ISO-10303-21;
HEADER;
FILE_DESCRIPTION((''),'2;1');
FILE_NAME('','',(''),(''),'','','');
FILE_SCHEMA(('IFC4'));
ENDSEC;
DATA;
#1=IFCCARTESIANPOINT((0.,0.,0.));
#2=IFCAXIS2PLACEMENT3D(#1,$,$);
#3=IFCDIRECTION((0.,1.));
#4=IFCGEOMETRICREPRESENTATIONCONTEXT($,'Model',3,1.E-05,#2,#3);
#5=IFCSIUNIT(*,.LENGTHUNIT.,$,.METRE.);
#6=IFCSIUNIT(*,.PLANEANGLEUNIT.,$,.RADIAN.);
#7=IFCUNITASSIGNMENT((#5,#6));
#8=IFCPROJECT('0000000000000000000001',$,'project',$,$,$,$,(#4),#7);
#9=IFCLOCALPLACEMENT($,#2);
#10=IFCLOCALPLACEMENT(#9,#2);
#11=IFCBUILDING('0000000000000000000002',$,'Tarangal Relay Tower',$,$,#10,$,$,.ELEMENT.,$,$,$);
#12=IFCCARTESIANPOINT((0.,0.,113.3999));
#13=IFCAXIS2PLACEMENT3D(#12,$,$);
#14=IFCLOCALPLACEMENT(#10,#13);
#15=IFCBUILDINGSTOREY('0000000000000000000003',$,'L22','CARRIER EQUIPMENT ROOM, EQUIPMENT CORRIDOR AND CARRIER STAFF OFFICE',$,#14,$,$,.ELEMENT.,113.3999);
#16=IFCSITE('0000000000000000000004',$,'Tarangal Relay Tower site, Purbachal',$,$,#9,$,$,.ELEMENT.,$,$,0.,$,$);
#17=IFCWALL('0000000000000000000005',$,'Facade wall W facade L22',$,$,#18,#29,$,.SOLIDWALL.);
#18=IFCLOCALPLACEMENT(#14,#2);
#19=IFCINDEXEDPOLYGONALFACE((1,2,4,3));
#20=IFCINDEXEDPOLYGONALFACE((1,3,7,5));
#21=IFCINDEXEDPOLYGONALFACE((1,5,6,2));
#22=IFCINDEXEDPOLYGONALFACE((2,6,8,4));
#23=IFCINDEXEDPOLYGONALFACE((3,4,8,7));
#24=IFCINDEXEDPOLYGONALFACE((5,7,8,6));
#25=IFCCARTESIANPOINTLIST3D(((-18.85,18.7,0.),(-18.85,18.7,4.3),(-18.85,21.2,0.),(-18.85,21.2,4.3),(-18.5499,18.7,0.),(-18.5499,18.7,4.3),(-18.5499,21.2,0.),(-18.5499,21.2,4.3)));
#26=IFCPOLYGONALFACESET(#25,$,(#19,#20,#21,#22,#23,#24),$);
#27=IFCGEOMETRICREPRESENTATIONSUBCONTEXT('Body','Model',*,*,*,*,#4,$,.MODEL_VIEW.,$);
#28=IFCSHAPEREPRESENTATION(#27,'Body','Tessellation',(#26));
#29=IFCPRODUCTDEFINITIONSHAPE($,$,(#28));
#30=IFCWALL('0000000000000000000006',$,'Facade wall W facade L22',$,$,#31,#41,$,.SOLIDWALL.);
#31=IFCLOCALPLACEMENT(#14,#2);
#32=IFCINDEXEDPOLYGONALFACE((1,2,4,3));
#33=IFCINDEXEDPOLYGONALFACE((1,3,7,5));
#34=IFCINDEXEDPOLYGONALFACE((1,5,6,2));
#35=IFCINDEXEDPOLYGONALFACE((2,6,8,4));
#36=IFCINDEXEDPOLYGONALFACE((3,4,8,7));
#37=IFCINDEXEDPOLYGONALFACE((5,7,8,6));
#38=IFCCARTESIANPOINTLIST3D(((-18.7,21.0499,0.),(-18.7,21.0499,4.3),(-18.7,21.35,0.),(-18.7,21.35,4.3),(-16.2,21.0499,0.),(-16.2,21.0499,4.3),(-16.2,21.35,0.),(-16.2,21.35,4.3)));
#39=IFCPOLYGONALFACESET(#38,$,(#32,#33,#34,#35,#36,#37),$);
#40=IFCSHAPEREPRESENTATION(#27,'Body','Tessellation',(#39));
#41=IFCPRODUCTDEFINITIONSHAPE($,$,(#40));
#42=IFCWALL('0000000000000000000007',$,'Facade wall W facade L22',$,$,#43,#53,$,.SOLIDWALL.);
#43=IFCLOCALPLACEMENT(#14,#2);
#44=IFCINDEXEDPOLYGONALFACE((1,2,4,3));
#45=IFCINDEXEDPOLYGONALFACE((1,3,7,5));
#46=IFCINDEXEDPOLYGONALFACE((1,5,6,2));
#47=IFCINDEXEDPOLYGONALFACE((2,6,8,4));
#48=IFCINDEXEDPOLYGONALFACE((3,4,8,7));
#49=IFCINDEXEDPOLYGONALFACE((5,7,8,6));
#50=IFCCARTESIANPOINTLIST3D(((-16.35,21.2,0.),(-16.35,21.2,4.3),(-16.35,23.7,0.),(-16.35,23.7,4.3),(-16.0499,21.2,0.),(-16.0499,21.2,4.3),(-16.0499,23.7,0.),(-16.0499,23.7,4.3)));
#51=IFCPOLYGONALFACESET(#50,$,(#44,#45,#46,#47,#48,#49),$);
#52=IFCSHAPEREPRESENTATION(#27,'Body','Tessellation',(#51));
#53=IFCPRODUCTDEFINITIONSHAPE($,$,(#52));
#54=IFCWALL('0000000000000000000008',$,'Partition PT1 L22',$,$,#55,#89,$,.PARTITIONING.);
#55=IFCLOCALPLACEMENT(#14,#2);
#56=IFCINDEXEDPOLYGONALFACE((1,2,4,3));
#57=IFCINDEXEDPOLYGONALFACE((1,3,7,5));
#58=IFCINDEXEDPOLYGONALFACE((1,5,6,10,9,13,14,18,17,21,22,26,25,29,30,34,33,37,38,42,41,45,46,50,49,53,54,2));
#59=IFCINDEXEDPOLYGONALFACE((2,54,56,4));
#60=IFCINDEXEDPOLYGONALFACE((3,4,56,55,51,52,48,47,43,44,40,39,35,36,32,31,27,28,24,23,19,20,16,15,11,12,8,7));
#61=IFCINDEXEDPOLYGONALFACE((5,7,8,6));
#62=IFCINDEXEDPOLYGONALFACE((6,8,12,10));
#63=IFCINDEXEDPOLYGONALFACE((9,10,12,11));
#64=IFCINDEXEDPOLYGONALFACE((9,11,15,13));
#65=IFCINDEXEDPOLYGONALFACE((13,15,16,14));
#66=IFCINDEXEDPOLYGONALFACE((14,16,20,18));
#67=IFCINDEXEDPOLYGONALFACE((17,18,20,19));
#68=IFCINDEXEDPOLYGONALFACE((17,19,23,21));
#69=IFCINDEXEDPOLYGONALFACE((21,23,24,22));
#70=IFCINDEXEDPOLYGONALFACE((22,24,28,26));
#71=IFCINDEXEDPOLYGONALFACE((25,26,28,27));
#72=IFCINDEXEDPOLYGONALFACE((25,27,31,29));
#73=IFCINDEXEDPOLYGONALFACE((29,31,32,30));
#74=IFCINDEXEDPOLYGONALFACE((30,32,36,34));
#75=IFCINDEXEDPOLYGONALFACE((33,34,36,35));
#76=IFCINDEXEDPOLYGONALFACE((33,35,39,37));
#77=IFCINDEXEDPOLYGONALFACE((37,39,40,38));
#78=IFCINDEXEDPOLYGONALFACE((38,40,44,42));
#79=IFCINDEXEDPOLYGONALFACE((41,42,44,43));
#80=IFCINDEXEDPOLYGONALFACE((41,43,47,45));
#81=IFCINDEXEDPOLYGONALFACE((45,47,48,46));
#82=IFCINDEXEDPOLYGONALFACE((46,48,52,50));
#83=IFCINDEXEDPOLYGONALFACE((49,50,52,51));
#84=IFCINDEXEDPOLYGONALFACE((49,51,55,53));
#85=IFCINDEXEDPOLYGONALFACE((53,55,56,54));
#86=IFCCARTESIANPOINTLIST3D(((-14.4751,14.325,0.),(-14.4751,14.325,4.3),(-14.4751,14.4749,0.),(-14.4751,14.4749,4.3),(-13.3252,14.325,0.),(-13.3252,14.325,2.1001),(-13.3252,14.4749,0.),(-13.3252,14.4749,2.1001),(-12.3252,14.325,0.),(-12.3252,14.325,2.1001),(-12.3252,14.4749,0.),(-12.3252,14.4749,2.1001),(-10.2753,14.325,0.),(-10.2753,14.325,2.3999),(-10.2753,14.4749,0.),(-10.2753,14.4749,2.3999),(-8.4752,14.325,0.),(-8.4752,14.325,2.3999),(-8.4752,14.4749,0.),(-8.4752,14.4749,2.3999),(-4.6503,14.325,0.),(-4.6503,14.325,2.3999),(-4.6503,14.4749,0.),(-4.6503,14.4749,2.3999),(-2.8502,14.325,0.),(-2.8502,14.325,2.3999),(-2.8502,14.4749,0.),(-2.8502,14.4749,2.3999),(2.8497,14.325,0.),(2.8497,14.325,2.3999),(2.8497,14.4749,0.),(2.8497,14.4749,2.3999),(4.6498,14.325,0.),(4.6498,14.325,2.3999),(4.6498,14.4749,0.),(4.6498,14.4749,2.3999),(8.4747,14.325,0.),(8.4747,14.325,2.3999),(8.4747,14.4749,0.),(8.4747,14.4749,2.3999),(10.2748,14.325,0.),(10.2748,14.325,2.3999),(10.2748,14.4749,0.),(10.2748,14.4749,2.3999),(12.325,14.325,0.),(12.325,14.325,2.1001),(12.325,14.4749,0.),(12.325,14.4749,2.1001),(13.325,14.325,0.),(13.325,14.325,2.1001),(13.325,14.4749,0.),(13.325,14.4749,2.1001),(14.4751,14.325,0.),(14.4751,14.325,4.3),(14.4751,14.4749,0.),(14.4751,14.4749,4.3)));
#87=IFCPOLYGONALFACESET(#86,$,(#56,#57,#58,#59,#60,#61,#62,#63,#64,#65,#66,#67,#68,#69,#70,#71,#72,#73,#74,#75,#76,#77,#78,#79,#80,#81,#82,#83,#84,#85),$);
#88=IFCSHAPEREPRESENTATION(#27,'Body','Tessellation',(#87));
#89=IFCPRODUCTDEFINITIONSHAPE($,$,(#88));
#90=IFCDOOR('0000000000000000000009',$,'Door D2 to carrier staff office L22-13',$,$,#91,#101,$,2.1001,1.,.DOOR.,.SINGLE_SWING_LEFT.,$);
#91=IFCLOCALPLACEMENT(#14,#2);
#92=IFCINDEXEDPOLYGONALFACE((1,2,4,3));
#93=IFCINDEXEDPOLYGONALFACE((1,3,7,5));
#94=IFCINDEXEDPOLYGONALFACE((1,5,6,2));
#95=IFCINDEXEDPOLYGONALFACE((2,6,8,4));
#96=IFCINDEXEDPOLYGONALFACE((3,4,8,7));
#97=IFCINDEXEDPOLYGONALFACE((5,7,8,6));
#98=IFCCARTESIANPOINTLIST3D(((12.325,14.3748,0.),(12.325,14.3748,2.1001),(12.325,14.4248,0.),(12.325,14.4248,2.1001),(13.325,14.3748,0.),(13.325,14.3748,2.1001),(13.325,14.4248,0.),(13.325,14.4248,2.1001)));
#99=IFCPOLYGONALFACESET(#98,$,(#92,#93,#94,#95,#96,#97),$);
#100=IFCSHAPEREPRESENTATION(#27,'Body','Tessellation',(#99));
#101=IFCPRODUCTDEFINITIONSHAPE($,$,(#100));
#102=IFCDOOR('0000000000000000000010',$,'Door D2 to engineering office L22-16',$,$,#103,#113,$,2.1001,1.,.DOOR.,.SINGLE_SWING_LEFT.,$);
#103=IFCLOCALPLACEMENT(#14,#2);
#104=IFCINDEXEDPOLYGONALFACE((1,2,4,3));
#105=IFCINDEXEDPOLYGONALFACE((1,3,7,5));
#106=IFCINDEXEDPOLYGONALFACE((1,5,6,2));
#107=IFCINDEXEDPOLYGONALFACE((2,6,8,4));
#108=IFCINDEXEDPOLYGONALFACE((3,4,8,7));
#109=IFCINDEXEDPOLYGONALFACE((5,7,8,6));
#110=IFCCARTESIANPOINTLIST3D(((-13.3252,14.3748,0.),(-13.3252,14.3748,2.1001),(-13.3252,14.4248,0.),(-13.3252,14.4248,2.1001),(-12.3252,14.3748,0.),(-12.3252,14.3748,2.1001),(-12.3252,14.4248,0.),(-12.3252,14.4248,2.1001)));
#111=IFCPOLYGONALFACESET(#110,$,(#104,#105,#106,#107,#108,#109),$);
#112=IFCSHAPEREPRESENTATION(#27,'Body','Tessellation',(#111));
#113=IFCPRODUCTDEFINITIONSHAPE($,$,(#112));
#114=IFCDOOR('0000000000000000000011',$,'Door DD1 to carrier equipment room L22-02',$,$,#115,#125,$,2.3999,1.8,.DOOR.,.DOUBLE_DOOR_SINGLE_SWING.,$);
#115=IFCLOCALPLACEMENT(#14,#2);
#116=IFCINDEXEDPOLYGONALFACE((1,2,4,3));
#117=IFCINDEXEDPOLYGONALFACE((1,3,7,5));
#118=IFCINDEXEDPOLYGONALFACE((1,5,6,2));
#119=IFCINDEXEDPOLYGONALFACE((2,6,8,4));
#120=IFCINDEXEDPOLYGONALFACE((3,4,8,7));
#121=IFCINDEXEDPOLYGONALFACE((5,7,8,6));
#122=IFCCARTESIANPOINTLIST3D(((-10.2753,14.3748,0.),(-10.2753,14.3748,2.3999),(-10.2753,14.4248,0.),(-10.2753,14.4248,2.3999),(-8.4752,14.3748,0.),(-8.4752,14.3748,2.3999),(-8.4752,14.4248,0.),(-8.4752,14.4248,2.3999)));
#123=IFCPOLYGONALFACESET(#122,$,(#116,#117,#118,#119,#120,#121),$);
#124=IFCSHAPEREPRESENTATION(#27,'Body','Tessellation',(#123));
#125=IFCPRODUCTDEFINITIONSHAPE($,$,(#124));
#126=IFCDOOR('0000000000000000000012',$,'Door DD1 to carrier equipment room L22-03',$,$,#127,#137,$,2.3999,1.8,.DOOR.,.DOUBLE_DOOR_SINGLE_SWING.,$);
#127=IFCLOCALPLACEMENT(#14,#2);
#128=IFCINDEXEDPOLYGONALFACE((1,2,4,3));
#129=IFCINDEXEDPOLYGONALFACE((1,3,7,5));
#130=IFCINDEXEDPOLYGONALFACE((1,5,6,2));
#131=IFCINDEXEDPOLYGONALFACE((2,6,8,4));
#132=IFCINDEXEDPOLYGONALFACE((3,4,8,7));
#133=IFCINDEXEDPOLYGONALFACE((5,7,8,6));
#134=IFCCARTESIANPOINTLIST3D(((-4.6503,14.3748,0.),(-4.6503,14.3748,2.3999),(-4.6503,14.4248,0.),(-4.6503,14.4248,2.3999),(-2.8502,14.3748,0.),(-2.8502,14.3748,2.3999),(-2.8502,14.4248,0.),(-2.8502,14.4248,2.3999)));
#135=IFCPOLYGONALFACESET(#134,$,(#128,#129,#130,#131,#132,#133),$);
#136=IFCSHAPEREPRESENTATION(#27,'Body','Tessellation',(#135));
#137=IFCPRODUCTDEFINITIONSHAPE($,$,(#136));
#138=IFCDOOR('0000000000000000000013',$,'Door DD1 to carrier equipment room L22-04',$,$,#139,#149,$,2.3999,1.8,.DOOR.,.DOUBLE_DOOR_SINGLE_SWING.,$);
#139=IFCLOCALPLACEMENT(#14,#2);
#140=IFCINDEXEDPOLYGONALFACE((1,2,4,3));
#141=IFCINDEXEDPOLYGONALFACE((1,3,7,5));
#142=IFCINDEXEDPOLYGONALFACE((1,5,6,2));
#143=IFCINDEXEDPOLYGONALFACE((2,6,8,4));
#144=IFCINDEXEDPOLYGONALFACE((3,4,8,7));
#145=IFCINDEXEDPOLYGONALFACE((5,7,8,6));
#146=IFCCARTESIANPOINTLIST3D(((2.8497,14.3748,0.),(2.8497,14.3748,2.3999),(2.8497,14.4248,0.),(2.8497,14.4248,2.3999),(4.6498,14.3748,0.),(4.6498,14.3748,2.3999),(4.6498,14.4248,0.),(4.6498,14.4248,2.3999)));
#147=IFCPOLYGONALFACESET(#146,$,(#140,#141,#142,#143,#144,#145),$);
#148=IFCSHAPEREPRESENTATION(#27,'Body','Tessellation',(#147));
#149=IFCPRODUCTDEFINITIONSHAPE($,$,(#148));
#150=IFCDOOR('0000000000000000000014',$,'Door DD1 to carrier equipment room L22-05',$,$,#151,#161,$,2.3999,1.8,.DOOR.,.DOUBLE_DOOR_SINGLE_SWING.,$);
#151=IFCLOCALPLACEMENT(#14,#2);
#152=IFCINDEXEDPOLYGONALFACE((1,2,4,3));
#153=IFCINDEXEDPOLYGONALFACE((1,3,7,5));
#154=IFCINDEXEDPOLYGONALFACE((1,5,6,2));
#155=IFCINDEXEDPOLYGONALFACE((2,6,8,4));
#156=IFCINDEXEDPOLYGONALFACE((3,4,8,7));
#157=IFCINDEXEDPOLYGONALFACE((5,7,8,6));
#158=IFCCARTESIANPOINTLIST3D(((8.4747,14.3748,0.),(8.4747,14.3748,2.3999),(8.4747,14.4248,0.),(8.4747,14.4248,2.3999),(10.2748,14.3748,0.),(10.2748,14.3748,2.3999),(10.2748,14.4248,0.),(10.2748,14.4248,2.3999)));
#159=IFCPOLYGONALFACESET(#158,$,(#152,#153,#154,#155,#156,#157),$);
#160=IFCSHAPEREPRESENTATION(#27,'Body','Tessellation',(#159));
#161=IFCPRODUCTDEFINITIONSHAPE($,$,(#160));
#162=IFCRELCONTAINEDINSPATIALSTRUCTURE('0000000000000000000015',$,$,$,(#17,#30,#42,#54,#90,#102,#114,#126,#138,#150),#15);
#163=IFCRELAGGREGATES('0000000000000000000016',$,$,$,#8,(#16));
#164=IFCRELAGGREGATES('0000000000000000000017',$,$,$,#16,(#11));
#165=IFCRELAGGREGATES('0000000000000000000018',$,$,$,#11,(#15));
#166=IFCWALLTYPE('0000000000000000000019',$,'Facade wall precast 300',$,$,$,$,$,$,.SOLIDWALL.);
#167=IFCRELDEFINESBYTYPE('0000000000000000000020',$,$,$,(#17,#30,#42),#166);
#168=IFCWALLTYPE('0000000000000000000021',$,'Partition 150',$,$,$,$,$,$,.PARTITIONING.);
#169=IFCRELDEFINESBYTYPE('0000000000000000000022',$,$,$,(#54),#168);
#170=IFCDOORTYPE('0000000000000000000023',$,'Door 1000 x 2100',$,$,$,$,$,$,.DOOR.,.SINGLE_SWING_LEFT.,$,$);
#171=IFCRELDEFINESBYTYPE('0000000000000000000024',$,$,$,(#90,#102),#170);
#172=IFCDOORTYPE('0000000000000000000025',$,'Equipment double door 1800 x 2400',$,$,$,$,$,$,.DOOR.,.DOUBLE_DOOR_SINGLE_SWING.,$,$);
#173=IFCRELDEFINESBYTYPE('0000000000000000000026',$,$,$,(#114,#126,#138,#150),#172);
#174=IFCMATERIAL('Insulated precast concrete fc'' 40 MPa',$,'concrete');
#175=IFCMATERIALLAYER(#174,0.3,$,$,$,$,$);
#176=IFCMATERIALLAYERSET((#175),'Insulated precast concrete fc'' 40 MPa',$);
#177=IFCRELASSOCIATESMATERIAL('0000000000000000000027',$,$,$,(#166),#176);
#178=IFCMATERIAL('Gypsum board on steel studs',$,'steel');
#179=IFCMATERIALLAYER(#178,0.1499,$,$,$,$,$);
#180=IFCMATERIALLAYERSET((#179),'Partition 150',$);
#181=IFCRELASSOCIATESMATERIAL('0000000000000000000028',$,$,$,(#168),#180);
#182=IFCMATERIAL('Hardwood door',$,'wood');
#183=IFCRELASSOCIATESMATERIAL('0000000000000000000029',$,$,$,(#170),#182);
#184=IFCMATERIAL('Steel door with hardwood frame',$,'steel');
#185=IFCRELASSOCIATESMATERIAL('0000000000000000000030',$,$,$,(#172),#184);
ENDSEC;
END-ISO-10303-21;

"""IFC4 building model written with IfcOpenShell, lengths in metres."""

from ifc_helpers import new_model, si_unit, direction, frame, frame_2d, origin, place, context, subcontext, project, spatial, rectangle, extrude, material, layer, layer_set, type_object, element, fill, save


model = new_model("IFC4")

# Units and contexts
model_context = context("Model", 3, precision=1e-05, world=origin(), true_north=direction((0.0, 1.0)))
body_context = subcontext(model_context, "Body", "Model", "MODEL_VIEW")
ifc_project = project(units=[si_unit("LENGTHUNIT", "METRE"), si_unit("PLANEANGLEUNIT", "RADIAN")], contexts=[model_context])

# Site, building, storey
site_placement = place(None, origin())
site = spatial("IfcSite", under=ifc_project, at=site_placement, Name="Tarangal Relay Tower site, Purbachal", CompositionType="ELEMENT", RefElevation=0.0)
building_placement = place(site_placement, origin())
building = spatial("IfcBuilding", under=site, at=building_placement, Name="Tarangal Relay Tower", CompositionType="ELEMENT")
storey_placement = place(building_placement, frame((0.0, 0.0, 113.3999)))
storey = spatial("IfcBuildingStorey", under=building, at=storey_placement, Name="L22", Description="CARRIER EQUIPMENT ROOM, EQUIPMENT CORRIDOR AND CARRIER STAFF OFFICE", CompositionType="ELEMENT", Elevation=113.3999)

# Shared definitions
ifc_material_1 = material(Name="Insulated precast concrete fc' 40 MPa", Category="concrete")
ifc_layer_1 = layer(ifc_material_1, 0.3)
ifc_layer_set_1 = layer_set([ifc_layer_1], Name="Insulated precast concrete fc' 40 MPa")
wall_type_1 = type_object("IfcWallType", Name="Facade wall precast 300", PredefinedType="SOLIDWALL", material=ifc_layer_set_1)

# Walls
for number, where, z_axis, x_axis, name in (
    (1, (-18.7, 18.7, 0.0), (0.0, 0.0, 1.0), (0.0, 1.0, 0.0), "Facade wall W facade L22"),
    (2, (-18.7, 21.2, 0.0), (0.0, 0.0, 1.0), (1.0, 0.0, 0.0), "Facade wall W facade L22"),
    (3, (-16.2, 21.2, 0.0), (0.0, 0.0, 1.0), (0.0, 1.0, 0.0), "Facade wall W facade L22"),
):
    element("IfcWall", number, at=place(storey_placement, frame(where, z_axis=z_axis, x_axis=x_axis)), inside=storey, type_object=wall_type_1, Name=name, PredefinedType="SOLIDWALL", context=body_context, shape_type="SweptSolid", body=[
        extrude(rectangle(XDim=2.5, YDim=0.3, at=frame_2d((1.25, 0.0))), origin(), (0.0, 0.0, 1.0), 4.3),
    ])

# Wall, openings, doors
ifc_material_2 = material(Name="Gypsum board on steel studs", Category="steel")
ifc_layer_2 = layer(ifc_material_2, 0.1499)
ifc_layer_set_2 = layer_set([ifc_layer_2], Name="Partition 150")
wall_type_2 = type_object("IfcWallType", Name="Partition 150", PredefinedType="PARTITIONING", material=ifc_layer_set_2)
wall_1_placement = place(storey_placement, frame((-14.4751, 14.3999, 0.0), z_axis=(0.0, 0.0, 1.0), x_axis=(1.0, 0.0, 0.0)))
wall_1 = element("IfcWall", 4, at=wall_1_placement, inside=storey, type_object=wall_type_2, Name="Partition PT1 L22", PredefinedType="PARTITIONING", context=body_context, shape_type="SweptSolid", body=[
    extrude(rectangle(XDim=28.9502, YDim=0.1499, at=frame_2d((14.4751, 0.0))), origin(), (0.0, 0.0, 1.0), 4.3),
])
opening_1_placement = place(wall_1_placement, frame((4.2, 0.0, 0.0)))
opening_1 = element("IfcOpeningElement", 5, at=opening_1_placement, cuts=wall_1, PredefinedType="OPENING", context=body_context, shape_type="SweptSolid", body=[
    extrude(rectangle(XDim=1.8, YDim=2.3999, at=frame_2d((0.8999, 1.2))), frame((0.0, 0.085, 0.0), z_axis=(0.0, -1.0, 0.0), x_axis=(1.0, 0.0, 0.0)), (0.0, 0.0, 1.0), 0.1699),
])
opening_2_placement = place(wall_1_placement, frame((9.825, 0.0, 0.0)))
opening_2 = element("IfcOpeningElement", 6, at=opening_2_placement, cuts=wall_1, PredefinedType="OPENING", context=body_context, shape_type="SweptSolid", body=[
    extrude(rectangle(XDim=1.8, YDim=2.3999, at=frame_2d((0.8999, 1.2))), frame((0.0, 0.085, 0.0), z_axis=(0.0, -1.0, 0.0), x_axis=(1.0, 0.0, 0.0)), (0.0, 0.0, 1.0), 0.1699),
])
opening_3_placement = place(wall_1_placement, frame((17.325, 0.0, 0.0)))
opening_3 = element("IfcOpeningElement", 7, at=opening_3_placement, cuts=wall_1, PredefinedType="OPENING", context=body_context, shape_type="SweptSolid", body=[
    extrude(rectangle(XDim=1.8, YDim=2.3999, at=frame_2d((0.8999, 1.2))), frame((0.0, 0.085, 0.0), z_axis=(0.0, -1.0, 0.0), x_axis=(1.0, 0.0, 0.0)), (0.0, 0.0, 1.0), 0.1699),
])
opening_4_placement = place(wall_1_placement, frame((22.95, 0.0, 0.0)))
opening_4 = element("IfcOpeningElement", 8, at=opening_4_placement, cuts=wall_1, PredefinedType="OPENING", context=body_context, shape_type="SweptSolid", body=[
    extrude(rectangle(XDim=1.8, YDim=2.3999, at=frame_2d((0.8999, 1.2))), frame((0.0, 0.085, 0.0), z_axis=(0.0, -1.0, 0.0), x_axis=(1.0, 0.0, 0.0)), (0.0, 0.0, 1.0), 0.1699),
])
opening_5_placement = place(wall_1_placement, frame((26.8, 0.0, 0.0)))
opening_5 = element("IfcOpeningElement", 9, at=opening_5_placement, cuts=wall_1, PredefinedType="OPENING", context=body_context, shape_type="SweptSolid", body=[
    extrude(rectangle(XDim=1.0, YDim=2.1001, at=frame_2d((0.5, 1.05))), frame((0.0, 0.085, 0.0), z_axis=(0.0, -1.0, 0.0), x_axis=(1.0, 0.0, 0.0)), (0.0, 0.0, 1.0), 0.1699),
])
opening_6_placement = place(wall_1_placement, frame((1.1499, 0.0, 0.0)))
opening_6 = element("IfcOpeningElement", 10, at=opening_6_placement, cuts=wall_1, PredefinedType="OPENING", context=body_context, shape_type="SweptSolid", body=[
    extrude(rectangle(XDim=1.0, YDim=2.1001, at=frame_2d((0.5, 1.05))), frame((0.0, 0.085, 0.0), z_axis=(0.0, -1.0, 0.0), x_axis=(1.0, 0.0, 0.0)), (0.0, 0.0, 1.0), 0.1699),
])
ifc_material_3 = material(Name="Hardwood door", Category="wood")
door_type_1 = type_object("IfcDoorType", Name="Door 1000 x 2100", OperationType="SINGLE_SWING_LEFT", PredefinedType="DOOR", material=ifc_material_3)
door_1_placement = place(opening_5_placement, origin())
door_1 = element("IfcDoor", 11, at=door_1_placement, inside=storey, type_object=door_type_1, Name="Door D2 to carrier staff office L22-13", OperationType="SINGLE_SWING_LEFT", OverallHeight=2.1001, OverallWidth=1.0, PredefinedType="DOOR", context=body_context, shape_type="SweptSolid", body=[
    extrude(rectangle(XDim=1.0, YDim=2.1001, at=frame_2d((0.5, 1.05))), frame((0.0, 0.0249, 0.0), z_axis=(0.0, -1.0, 0.0), x_axis=(1.0, 0.0, 0.0)), (0.0, 0.0, 1.0), 0.05),
])
fill(opening_5, door_1)
door_2_placement = place(opening_6_placement, origin())
door_2 = element("IfcDoor", 12, at=door_2_placement, inside=storey, type_object=door_type_1, Name="Door D2 to engineering office L22-16", OperationType="SINGLE_SWING_LEFT", OverallHeight=2.1001, OverallWidth=1.0, PredefinedType="DOOR", context=body_context, shape_type="SweptSolid", body=[
    extrude(rectangle(XDim=1.0, YDim=2.1001, at=frame_2d((0.5, 1.05))), frame((0.0, 0.0249, 0.0), z_axis=(0.0, -1.0, 0.0), x_axis=(1.0, 0.0, 0.0)), (0.0, 0.0, 1.0), 0.05),
])
fill(opening_6, door_2)
ifc_material_4 = material(Name="Steel door with hardwood frame", Category="steel")
door_type_2 = type_object("IfcDoorType", Name="Equipment double door 1800 x 2400", OperationType="DOUBLE_DOOR_SINGLE_SWING", PredefinedType="DOOR", material=ifc_material_4)
door_3_placement = place(opening_1_placement, origin())
door_3 = element("IfcDoor", 13, at=door_3_placement, inside=storey, type_object=door_type_2, Name="Door DD1 to carrier equipment room L22-02", OperationType="DOUBLE_DOOR_SINGLE_SWING", OverallHeight=2.3999, OverallWidth=1.8, PredefinedType="DOOR", context=body_context, shape_type="SweptSolid", body=[
    extrude(rectangle(XDim=1.8, YDim=2.3999, at=frame_2d((0.8999, 1.2))), frame((0.0, 0.0249, 0.0), z_axis=(0.0, -1.0, 0.0), x_axis=(1.0, 0.0, 0.0)), (0.0, 0.0, 1.0), 0.05),
])
fill(opening_1, door_3)
door_4_placement = place(opening_2_placement, origin())
door_4 = element("IfcDoor", 14, at=door_4_placement, inside=storey, type_object=door_type_2, Name="Door DD1 to carrier equipment room L22-03", OperationType="DOUBLE_DOOR_SINGLE_SWING", OverallHeight=2.3999, OverallWidth=1.8, PredefinedType="DOOR", context=body_context, shape_type="SweptSolid", body=[
    extrude(rectangle(XDim=1.8, YDim=2.3999, at=frame_2d((0.8999, 1.2))), frame((0.0, 0.0249, 0.0), z_axis=(0.0, -1.0, 0.0), x_axis=(1.0, 0.0, 0.0)), (0.0, 0.0, 1.0), 0.05),
])
fill(opening_2, door_4)
door_5_placement = place(opening_3_placement, origin())
door_5 = element("IfcDoor", 15, at=door_5_placement, inside=storey, type_object=door_type_2, Name="Door DD1 to carrier equipment room L22-04", OperationType="DOUBLE_DOOR_SINGLE_SWING", OverallHeight=2.3999, OverallWidth=1.8, PredefinedType="DOOR", context=body_context, shape_type="SweptSolid", body=[
    extrude(rectangle(XDim=1.8, YDim=2.3999, at=frame_2d((0.8999, 1.2))), frame((0.0, 0.0249, 0.0), z_axis=(0.0, -1.0, 0.0), x_axis=(1.0, 0.0, 0.0)), (0.0, 0.0, 1.0), 0.05),
])
fill(opening_3, door_5)
door_6_placement = place(opening_4_placement, origin())
door_6 = element("IfcDoor", 16, at=door_6_placement, inside=storey, type_object=door_type_2, Name="Door DD1 to carrier equipment room L22-05", OperationType="DOUBLE_DOOR_SINGLE_SWING", OverallHeight=2.3999, OverallWidth=1.8, PredefinedType="DOOR", context=body_context, shape_type="SweptSolid", body=[
    extrude(rectangle(XDim=1.8, YDim=2.3999, at=frame_2d((0.8999, 1.2))), frame((0.0, 0.0249, 0.0), z_axis=(0.0, -1.0, 0.0), x_axis=(1.0, 0.0, 0.0)), (0.0, 0.0, 1.0), 0.05),
])
fill(opening_4, door_6)

save(model, "model.ifc")
